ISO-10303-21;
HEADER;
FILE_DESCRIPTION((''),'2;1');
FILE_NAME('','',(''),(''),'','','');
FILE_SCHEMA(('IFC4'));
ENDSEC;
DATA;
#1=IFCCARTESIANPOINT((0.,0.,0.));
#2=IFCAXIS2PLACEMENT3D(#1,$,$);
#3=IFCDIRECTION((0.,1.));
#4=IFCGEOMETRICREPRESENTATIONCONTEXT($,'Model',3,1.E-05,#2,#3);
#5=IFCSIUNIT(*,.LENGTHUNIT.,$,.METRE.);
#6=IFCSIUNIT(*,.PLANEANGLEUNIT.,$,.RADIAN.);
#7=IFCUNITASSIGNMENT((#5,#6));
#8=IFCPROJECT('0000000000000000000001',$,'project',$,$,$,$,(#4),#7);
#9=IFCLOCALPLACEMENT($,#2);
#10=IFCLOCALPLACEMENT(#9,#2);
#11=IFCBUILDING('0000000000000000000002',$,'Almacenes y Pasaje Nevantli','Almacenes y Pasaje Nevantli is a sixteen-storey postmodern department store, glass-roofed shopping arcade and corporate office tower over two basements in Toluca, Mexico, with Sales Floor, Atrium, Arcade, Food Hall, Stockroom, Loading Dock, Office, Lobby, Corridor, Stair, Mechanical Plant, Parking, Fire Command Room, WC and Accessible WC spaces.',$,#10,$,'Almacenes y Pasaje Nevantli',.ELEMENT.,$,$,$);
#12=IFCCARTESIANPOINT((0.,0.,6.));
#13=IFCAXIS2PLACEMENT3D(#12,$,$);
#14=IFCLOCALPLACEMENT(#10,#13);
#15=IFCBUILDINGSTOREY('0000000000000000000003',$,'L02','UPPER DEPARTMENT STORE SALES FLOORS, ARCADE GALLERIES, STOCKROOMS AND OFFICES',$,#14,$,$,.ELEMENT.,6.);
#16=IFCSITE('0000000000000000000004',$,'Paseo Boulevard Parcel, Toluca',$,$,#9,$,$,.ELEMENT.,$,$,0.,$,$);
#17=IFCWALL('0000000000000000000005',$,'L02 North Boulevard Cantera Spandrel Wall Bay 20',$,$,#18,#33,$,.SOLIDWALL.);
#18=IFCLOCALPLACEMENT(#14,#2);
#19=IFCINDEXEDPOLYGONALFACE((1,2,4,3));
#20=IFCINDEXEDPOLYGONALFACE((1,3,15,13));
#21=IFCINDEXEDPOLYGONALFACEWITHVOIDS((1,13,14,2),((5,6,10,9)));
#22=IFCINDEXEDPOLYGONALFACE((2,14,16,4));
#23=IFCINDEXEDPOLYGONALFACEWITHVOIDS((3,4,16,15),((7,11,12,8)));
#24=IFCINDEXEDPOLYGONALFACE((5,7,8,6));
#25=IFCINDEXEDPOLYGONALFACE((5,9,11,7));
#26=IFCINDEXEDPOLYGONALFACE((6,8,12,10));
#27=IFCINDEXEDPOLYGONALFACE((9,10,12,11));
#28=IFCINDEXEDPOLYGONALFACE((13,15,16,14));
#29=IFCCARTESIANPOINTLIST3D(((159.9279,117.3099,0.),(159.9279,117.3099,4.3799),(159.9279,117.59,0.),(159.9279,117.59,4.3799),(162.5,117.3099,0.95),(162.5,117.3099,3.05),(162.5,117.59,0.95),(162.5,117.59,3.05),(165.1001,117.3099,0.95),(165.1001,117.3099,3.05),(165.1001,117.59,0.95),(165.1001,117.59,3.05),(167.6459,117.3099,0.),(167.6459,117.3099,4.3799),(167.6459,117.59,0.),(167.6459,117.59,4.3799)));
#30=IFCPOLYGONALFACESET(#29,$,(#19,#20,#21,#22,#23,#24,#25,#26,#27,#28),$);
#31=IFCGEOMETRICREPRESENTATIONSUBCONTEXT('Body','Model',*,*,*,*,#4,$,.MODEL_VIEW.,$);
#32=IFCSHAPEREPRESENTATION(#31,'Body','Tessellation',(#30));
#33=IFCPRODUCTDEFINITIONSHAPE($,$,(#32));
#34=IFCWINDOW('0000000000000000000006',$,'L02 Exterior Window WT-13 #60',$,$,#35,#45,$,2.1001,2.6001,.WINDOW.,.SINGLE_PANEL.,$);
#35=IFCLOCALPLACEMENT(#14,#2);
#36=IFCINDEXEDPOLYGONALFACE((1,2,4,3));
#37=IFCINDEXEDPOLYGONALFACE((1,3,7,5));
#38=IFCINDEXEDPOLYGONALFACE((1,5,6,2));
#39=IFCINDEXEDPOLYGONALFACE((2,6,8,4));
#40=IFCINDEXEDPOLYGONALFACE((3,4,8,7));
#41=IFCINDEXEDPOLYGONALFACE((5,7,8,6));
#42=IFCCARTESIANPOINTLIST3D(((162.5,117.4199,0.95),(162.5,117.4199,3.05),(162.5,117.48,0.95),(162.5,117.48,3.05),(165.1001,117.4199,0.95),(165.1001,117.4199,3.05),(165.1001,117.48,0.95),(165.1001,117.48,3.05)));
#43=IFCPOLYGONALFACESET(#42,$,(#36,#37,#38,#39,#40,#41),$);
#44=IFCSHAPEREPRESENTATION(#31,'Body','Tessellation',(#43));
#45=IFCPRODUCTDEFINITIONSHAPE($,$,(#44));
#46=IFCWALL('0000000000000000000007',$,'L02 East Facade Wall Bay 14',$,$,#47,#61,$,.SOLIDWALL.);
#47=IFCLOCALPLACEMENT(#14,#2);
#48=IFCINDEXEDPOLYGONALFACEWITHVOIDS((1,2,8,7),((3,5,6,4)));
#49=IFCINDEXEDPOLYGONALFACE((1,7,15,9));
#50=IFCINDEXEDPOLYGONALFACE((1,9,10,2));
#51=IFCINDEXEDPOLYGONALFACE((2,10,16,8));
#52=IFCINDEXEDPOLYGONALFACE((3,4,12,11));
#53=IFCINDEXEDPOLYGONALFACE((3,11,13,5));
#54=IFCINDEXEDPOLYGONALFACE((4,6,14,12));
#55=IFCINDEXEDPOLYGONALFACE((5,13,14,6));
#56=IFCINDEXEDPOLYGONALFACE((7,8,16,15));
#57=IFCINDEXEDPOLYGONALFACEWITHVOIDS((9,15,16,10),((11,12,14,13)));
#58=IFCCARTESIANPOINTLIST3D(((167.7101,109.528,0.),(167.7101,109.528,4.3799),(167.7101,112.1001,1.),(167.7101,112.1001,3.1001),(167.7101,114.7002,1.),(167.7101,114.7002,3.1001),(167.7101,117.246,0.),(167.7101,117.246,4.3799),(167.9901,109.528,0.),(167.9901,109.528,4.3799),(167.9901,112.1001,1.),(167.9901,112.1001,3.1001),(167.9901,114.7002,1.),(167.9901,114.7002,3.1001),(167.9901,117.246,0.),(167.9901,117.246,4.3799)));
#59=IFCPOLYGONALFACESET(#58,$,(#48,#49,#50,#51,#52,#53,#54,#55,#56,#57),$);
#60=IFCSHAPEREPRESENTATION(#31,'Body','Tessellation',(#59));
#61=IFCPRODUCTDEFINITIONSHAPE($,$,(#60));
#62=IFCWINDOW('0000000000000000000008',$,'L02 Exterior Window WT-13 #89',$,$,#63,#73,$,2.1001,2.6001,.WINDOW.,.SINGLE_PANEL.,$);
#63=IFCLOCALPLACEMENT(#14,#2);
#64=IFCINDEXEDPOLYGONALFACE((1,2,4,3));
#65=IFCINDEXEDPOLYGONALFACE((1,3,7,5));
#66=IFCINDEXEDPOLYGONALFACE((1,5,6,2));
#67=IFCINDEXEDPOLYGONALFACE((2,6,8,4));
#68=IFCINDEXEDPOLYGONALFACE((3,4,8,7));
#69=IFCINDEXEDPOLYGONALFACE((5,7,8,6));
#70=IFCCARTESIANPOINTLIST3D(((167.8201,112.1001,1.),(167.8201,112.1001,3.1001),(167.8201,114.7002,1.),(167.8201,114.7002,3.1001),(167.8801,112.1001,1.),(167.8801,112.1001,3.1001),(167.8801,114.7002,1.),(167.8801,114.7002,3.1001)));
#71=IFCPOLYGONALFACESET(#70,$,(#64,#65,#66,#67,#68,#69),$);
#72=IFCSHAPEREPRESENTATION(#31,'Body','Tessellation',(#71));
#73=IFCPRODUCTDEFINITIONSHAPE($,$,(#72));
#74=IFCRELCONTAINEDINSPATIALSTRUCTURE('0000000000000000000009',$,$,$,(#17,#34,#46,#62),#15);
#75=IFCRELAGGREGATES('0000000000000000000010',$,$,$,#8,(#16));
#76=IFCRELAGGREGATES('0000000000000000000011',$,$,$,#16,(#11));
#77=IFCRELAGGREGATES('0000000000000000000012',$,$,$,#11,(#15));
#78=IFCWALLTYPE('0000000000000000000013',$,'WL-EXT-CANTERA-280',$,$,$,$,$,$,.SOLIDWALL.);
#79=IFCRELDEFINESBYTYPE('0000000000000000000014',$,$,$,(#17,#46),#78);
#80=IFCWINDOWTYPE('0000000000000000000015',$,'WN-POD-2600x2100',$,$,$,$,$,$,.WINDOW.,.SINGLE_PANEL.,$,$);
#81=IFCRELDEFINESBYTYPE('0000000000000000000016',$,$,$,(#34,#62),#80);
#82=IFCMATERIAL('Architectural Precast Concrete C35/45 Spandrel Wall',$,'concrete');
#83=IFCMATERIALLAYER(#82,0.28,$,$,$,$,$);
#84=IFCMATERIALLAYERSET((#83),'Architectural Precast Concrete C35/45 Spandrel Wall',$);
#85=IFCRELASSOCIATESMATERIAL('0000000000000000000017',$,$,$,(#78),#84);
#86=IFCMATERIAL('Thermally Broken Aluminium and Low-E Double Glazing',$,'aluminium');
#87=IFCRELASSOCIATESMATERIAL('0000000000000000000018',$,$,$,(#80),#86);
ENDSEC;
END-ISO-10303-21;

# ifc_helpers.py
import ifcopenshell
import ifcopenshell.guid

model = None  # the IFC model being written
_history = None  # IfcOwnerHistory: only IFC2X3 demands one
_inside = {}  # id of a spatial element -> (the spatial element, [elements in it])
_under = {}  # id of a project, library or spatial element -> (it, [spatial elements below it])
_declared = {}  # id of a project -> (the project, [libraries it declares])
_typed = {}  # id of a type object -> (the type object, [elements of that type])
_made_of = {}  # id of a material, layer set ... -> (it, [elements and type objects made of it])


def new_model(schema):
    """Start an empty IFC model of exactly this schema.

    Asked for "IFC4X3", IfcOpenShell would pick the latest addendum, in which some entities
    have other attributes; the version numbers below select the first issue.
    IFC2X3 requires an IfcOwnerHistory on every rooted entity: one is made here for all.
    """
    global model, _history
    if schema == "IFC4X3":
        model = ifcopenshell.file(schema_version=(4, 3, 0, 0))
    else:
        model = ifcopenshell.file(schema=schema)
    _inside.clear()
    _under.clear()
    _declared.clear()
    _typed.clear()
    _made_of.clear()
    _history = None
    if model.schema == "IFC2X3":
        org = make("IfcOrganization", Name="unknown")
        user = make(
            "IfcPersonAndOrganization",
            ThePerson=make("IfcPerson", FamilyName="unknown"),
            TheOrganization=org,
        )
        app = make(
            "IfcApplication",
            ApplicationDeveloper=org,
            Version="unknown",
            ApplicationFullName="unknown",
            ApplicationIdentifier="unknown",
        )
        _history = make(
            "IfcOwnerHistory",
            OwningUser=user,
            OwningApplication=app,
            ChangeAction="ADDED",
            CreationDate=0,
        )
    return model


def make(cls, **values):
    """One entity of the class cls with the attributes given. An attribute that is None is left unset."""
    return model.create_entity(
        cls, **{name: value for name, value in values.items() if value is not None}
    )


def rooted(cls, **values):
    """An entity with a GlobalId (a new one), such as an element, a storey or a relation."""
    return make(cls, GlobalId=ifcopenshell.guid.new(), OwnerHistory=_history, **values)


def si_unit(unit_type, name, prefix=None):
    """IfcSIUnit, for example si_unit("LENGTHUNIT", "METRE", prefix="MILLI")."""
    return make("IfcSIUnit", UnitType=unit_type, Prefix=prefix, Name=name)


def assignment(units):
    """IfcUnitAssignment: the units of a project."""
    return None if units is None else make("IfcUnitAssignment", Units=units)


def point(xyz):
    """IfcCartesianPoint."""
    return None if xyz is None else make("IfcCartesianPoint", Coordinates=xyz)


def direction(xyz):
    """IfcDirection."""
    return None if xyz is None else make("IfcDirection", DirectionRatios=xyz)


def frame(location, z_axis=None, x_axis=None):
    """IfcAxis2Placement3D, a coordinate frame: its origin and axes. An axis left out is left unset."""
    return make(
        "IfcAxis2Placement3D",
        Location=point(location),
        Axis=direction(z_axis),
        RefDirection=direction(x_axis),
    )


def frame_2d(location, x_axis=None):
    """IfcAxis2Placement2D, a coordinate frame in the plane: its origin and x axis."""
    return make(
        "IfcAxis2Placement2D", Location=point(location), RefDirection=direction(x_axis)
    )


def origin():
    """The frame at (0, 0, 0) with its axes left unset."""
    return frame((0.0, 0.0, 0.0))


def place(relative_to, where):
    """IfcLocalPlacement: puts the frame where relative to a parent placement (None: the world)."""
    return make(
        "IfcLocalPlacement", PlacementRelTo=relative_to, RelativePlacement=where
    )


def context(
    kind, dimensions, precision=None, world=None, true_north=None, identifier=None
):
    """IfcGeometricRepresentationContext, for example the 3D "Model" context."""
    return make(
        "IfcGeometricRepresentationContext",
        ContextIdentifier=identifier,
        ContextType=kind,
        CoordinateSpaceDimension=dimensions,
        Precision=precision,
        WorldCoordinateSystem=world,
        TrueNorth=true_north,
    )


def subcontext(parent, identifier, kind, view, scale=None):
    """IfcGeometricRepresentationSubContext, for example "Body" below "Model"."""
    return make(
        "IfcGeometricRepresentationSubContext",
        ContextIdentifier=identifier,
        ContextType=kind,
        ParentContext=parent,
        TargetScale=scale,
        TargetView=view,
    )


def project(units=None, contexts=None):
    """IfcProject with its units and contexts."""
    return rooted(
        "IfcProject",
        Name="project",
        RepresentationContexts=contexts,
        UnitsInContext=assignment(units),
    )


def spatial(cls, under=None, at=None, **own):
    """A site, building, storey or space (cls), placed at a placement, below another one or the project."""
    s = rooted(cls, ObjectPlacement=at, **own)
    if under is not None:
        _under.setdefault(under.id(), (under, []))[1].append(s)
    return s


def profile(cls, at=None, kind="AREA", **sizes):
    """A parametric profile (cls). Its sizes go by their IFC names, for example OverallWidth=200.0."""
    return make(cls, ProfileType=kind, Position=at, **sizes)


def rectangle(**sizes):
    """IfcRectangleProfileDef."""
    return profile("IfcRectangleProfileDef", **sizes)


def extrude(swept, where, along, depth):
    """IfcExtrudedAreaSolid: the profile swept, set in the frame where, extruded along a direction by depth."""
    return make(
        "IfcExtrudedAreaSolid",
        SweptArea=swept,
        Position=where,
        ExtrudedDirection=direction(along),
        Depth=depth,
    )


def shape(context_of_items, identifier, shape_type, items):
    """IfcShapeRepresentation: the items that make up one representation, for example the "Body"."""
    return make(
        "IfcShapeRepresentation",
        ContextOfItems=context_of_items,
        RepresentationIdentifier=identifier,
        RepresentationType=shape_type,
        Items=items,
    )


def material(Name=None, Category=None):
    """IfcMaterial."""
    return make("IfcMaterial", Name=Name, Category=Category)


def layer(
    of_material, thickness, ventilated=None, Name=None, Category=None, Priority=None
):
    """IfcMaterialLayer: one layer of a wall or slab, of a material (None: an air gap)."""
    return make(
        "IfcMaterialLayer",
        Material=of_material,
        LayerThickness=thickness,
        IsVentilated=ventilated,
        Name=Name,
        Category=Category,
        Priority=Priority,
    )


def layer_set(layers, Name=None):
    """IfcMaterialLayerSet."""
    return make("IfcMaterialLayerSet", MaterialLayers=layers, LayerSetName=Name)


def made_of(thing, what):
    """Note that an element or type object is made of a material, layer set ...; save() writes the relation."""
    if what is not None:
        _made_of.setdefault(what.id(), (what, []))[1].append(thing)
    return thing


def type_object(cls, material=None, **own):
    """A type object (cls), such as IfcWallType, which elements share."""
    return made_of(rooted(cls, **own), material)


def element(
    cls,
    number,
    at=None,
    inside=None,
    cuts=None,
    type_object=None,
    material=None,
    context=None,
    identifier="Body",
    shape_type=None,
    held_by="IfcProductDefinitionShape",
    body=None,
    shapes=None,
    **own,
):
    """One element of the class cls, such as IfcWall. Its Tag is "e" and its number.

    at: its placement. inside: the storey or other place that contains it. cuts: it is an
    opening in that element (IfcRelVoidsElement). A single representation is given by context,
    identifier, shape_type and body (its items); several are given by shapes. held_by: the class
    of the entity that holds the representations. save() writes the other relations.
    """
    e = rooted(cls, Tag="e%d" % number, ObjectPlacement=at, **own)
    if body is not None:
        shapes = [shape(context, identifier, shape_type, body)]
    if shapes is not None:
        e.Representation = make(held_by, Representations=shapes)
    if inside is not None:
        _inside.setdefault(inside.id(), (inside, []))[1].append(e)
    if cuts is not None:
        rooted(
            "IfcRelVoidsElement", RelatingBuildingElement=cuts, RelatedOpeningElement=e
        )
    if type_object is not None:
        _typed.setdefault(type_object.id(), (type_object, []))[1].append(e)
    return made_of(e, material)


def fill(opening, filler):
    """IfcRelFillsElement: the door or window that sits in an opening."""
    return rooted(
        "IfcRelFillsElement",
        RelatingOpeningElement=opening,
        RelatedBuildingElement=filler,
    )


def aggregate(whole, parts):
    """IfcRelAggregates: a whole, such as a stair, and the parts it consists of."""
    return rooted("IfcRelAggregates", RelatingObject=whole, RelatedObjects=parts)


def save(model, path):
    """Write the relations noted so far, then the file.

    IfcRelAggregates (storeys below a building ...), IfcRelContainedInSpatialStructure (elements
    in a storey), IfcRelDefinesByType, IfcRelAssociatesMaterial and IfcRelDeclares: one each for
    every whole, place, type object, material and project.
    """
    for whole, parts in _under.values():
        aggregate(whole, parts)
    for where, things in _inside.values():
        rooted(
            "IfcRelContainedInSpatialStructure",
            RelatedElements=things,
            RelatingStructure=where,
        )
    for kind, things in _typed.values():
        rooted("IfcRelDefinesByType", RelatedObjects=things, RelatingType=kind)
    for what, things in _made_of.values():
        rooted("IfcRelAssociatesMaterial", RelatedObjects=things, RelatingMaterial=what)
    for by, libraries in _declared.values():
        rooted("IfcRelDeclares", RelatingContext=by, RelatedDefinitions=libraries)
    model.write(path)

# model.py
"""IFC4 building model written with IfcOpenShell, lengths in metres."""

from ifc_helpers import new_model, si_unit, direction, frame, frame_2d, origin, place, context, subcontext, project, spatial, rectangle, extrude, material, layer, layer_set, type_object, element, fill, save


model = new_model("IFC4")

# Units and contexts
model_context = context("Model", 3, precision=1e-05, world=origin(), true_north=direction((0.0, 1.0)))
body_context = subcontext(model_context, "Body", "Model", "MODEL_VIEW")
ifc_project = project(units=[si_unit("LENGTHUNIT", "METRE"), si_unit("PLANEANGLEUNIT", "RADIAN")], contexts=[model_context])

# Site, building, storey
site_placement = place(None, origin())
site = spatial("IfcSite", under=ifc_project, at=site_placement, Name="Paseo Boulevard Parcel, Toluca", CompositionType="ELEMENT", RefElevation=0.0)
building_placement = place(site_placement, origin())
building = spatial("IfcBuilding", under=site, at=building_placement, Name="Almacenes y Pasaje Nevantli", Description="Almacenes y Pasaje Nevantli is a sixteen-storey postmodern department store, glass-roofed shopping arcade and corporate office tower over two basements in Toluca, Mexico, with Sales Floor, Atrium, Arcade, Food Hall, Stockroom, Loading Dock, Office, Lobby, Corridor, Stair, Mechanical Plant, Parking, Fire Command Room, WC and Accessible WC spaces.", LongName="Almacenes y Pasaje Nevantli", CompositionType="ELEMENT")
storey_placement = place(building_placement, frame((0.0, 0.0, 6.0)))
storey = spatial("IfcBuildingStorey", under=building, at=storey_placement, Name="L02", Description="UPPER DEPARTMENT STORE SALES FLOORS, ARCADE GALLERIES, STOCKROOMS AND OFFICES", CompositionType="ELEMENT", Elevation=6.0)

# Walls, openings, windows
ifc_material_1 = material(Name="Architectural Precast Concrete C35/45 Spandrel Wall", Category="concrete")
ifc_layer_1 = layer(ifc_material_1, 0.28)
ifc_layer_set_1 = layer_set([ifc_layer_1], Name="Architectural Precast Concrete C35/45 Spandrel Wall")
wall_type = type_object("IfcWallType", Name="WL-EXT-CANTERA-280", PredefinedType="SOLIDWALL", material=ifc_layer_set_1)
wall_1_placement = place(storey_placement, frame((159.928, 117.45, 0.0), z_axis=(0.0, 0.0, 1.0), x_axis=(1.0, 0.0, 0.0)))
wall_1 = element("IfcWall", 1, at=wall_1_placement, inside=storey, type_object=wall_type, Name="L02 North Boulevard Cantera Spandrel Wall Bay 20", PredefinedType="SOLIDWALL", context=body_context, shape_type="SweptSolid", body=[
    extrude(rectangle(XDim=7.718, YDim=0.28, at=frame_2d((3.8589, 0.0))), origin(), (0.0, 0.0, 1.0), 4.3799),
])
opening_1_placement = place(wall_1_placement, frame((2.572, 0.0, 0.95)))
opening_1 = element("IfcOpeningElement", 2, at=opening_1_placement, cuts=wall_1, PredefinedType="OPENING", context=body_context, shape_type="SweptSolid", body=[
    extrude(rectangle(XDim=2.6001, YDim=2.1001, at=frame_2d((1.3, 1.05))), frame((0.0, 0.1499, 0.0), z_axis=(0.0, -1.0, 0.0), x_axis=(1.0, 0.0, 0.0)), (0.0, 0.0, 1.0), 0.3),
])
ifc_material_2 = material(Name="Thermally Broken Aluminium and Low-E Double Glazing", Category="aluminium")
window_type = type_object("IfcWindowType", Name="WN-POD-2600x2100", PartitioningType="SINGLE_PANEL", PredefinedType="WINDOW", material=ifc_material_2)
window_1_placement = place(opening_1_placement, origin())
window_1 = element("IfcWindow", 3, at=window_1_placement, inside=storey, type_object=window_type, Name="L02 Exterior Window WT-13 #60", OverallHeight=2.1001, OverallWidth=2.6001, PartitioningType="SINGLE_PANEL", PredefinedType="WINDOW", context=body_context, shape_type="SweptSolid", body=[
    extrude(rectangle(XDim=2.6001, YDim=2.1001, at=frame_2d((1.3, 1.05))), frame((0.0, 0.03, 0.0), z_axis=(0.0, -1.0, 0.0), x_axis=(1.0, 0.0, 0.0)), (0.0, 0.0, 1.0), 0.0601),
])
fill(opening_1, window_1)
wall_2_placement = place(storey_placement, frame((167.8501, 109.5281, 0.0), z_axis=(0.0, 0.0, 1.0), x_axis=(0.0, 1.0, 0.0)))
wall_2 = element("IfcWall", 4, at=wall_2_placement, inside=storey, type_object=wall_type, Name="L02 East Facade Wall Bay 14", PredefinedType="SOLIDWALL", context=body_context, shape_type="SweptSolid", body=[
    extrude(rectangle(XDim=7.718, YDim=0.28, at=frame_2d((3.8589, 0.0))), origin(), (0.0, 0.0, 1.0), 4.3799),
])
opening_2_placement = place(wall_2_placement, frame((2.572, 0.0, 1.0)))
opening_2 = element("IfcOpeningElement", 5, at=opening_2_placement, cuts=wall_2, PredefinedType="OPENING", context=body_context, shape_type="SweptSolid", body=[
    extrude(rectangle(XDim=2.6001, YDim=2.1001, at=frame_2d((1.3, 1.05))), frame((0.0, 0.1499, 0.0), z_axis=(0.0, -1.0, 0.0), x_axis=(1.0, 0.0, 0.0)), (0.0, 0.0, 1.0), 0.3),
])
window_2_placement = place(opening_2_placement, origin())
window_2 = element("IfcWindow", 6, at=window_2_placement, inside=storey, type_object=window_type, Name="L02 Exterior Window WT-13 #89", OverallHeight=2.1001, OverallWidth=2.6001, PartitioningType="SINGLE_PANEL", PredefinedType="WINDOW", context=body_context, shape_type="SweptSolid", body=[
    extrude(rectangle(XDim=2.6001, YDim=2.1001, at=frame_2d((1.3, 1.05))), frame((0.0, 0.03, 0.0), z_axis=(0.0, -1.0, 0.0), x_axis=(1.0, 0.0, 0.0)), (0.0, 0.0, 1.0), 0.0601),
])
fill(opening_2, window_2)

save(model, "model.ifc")
